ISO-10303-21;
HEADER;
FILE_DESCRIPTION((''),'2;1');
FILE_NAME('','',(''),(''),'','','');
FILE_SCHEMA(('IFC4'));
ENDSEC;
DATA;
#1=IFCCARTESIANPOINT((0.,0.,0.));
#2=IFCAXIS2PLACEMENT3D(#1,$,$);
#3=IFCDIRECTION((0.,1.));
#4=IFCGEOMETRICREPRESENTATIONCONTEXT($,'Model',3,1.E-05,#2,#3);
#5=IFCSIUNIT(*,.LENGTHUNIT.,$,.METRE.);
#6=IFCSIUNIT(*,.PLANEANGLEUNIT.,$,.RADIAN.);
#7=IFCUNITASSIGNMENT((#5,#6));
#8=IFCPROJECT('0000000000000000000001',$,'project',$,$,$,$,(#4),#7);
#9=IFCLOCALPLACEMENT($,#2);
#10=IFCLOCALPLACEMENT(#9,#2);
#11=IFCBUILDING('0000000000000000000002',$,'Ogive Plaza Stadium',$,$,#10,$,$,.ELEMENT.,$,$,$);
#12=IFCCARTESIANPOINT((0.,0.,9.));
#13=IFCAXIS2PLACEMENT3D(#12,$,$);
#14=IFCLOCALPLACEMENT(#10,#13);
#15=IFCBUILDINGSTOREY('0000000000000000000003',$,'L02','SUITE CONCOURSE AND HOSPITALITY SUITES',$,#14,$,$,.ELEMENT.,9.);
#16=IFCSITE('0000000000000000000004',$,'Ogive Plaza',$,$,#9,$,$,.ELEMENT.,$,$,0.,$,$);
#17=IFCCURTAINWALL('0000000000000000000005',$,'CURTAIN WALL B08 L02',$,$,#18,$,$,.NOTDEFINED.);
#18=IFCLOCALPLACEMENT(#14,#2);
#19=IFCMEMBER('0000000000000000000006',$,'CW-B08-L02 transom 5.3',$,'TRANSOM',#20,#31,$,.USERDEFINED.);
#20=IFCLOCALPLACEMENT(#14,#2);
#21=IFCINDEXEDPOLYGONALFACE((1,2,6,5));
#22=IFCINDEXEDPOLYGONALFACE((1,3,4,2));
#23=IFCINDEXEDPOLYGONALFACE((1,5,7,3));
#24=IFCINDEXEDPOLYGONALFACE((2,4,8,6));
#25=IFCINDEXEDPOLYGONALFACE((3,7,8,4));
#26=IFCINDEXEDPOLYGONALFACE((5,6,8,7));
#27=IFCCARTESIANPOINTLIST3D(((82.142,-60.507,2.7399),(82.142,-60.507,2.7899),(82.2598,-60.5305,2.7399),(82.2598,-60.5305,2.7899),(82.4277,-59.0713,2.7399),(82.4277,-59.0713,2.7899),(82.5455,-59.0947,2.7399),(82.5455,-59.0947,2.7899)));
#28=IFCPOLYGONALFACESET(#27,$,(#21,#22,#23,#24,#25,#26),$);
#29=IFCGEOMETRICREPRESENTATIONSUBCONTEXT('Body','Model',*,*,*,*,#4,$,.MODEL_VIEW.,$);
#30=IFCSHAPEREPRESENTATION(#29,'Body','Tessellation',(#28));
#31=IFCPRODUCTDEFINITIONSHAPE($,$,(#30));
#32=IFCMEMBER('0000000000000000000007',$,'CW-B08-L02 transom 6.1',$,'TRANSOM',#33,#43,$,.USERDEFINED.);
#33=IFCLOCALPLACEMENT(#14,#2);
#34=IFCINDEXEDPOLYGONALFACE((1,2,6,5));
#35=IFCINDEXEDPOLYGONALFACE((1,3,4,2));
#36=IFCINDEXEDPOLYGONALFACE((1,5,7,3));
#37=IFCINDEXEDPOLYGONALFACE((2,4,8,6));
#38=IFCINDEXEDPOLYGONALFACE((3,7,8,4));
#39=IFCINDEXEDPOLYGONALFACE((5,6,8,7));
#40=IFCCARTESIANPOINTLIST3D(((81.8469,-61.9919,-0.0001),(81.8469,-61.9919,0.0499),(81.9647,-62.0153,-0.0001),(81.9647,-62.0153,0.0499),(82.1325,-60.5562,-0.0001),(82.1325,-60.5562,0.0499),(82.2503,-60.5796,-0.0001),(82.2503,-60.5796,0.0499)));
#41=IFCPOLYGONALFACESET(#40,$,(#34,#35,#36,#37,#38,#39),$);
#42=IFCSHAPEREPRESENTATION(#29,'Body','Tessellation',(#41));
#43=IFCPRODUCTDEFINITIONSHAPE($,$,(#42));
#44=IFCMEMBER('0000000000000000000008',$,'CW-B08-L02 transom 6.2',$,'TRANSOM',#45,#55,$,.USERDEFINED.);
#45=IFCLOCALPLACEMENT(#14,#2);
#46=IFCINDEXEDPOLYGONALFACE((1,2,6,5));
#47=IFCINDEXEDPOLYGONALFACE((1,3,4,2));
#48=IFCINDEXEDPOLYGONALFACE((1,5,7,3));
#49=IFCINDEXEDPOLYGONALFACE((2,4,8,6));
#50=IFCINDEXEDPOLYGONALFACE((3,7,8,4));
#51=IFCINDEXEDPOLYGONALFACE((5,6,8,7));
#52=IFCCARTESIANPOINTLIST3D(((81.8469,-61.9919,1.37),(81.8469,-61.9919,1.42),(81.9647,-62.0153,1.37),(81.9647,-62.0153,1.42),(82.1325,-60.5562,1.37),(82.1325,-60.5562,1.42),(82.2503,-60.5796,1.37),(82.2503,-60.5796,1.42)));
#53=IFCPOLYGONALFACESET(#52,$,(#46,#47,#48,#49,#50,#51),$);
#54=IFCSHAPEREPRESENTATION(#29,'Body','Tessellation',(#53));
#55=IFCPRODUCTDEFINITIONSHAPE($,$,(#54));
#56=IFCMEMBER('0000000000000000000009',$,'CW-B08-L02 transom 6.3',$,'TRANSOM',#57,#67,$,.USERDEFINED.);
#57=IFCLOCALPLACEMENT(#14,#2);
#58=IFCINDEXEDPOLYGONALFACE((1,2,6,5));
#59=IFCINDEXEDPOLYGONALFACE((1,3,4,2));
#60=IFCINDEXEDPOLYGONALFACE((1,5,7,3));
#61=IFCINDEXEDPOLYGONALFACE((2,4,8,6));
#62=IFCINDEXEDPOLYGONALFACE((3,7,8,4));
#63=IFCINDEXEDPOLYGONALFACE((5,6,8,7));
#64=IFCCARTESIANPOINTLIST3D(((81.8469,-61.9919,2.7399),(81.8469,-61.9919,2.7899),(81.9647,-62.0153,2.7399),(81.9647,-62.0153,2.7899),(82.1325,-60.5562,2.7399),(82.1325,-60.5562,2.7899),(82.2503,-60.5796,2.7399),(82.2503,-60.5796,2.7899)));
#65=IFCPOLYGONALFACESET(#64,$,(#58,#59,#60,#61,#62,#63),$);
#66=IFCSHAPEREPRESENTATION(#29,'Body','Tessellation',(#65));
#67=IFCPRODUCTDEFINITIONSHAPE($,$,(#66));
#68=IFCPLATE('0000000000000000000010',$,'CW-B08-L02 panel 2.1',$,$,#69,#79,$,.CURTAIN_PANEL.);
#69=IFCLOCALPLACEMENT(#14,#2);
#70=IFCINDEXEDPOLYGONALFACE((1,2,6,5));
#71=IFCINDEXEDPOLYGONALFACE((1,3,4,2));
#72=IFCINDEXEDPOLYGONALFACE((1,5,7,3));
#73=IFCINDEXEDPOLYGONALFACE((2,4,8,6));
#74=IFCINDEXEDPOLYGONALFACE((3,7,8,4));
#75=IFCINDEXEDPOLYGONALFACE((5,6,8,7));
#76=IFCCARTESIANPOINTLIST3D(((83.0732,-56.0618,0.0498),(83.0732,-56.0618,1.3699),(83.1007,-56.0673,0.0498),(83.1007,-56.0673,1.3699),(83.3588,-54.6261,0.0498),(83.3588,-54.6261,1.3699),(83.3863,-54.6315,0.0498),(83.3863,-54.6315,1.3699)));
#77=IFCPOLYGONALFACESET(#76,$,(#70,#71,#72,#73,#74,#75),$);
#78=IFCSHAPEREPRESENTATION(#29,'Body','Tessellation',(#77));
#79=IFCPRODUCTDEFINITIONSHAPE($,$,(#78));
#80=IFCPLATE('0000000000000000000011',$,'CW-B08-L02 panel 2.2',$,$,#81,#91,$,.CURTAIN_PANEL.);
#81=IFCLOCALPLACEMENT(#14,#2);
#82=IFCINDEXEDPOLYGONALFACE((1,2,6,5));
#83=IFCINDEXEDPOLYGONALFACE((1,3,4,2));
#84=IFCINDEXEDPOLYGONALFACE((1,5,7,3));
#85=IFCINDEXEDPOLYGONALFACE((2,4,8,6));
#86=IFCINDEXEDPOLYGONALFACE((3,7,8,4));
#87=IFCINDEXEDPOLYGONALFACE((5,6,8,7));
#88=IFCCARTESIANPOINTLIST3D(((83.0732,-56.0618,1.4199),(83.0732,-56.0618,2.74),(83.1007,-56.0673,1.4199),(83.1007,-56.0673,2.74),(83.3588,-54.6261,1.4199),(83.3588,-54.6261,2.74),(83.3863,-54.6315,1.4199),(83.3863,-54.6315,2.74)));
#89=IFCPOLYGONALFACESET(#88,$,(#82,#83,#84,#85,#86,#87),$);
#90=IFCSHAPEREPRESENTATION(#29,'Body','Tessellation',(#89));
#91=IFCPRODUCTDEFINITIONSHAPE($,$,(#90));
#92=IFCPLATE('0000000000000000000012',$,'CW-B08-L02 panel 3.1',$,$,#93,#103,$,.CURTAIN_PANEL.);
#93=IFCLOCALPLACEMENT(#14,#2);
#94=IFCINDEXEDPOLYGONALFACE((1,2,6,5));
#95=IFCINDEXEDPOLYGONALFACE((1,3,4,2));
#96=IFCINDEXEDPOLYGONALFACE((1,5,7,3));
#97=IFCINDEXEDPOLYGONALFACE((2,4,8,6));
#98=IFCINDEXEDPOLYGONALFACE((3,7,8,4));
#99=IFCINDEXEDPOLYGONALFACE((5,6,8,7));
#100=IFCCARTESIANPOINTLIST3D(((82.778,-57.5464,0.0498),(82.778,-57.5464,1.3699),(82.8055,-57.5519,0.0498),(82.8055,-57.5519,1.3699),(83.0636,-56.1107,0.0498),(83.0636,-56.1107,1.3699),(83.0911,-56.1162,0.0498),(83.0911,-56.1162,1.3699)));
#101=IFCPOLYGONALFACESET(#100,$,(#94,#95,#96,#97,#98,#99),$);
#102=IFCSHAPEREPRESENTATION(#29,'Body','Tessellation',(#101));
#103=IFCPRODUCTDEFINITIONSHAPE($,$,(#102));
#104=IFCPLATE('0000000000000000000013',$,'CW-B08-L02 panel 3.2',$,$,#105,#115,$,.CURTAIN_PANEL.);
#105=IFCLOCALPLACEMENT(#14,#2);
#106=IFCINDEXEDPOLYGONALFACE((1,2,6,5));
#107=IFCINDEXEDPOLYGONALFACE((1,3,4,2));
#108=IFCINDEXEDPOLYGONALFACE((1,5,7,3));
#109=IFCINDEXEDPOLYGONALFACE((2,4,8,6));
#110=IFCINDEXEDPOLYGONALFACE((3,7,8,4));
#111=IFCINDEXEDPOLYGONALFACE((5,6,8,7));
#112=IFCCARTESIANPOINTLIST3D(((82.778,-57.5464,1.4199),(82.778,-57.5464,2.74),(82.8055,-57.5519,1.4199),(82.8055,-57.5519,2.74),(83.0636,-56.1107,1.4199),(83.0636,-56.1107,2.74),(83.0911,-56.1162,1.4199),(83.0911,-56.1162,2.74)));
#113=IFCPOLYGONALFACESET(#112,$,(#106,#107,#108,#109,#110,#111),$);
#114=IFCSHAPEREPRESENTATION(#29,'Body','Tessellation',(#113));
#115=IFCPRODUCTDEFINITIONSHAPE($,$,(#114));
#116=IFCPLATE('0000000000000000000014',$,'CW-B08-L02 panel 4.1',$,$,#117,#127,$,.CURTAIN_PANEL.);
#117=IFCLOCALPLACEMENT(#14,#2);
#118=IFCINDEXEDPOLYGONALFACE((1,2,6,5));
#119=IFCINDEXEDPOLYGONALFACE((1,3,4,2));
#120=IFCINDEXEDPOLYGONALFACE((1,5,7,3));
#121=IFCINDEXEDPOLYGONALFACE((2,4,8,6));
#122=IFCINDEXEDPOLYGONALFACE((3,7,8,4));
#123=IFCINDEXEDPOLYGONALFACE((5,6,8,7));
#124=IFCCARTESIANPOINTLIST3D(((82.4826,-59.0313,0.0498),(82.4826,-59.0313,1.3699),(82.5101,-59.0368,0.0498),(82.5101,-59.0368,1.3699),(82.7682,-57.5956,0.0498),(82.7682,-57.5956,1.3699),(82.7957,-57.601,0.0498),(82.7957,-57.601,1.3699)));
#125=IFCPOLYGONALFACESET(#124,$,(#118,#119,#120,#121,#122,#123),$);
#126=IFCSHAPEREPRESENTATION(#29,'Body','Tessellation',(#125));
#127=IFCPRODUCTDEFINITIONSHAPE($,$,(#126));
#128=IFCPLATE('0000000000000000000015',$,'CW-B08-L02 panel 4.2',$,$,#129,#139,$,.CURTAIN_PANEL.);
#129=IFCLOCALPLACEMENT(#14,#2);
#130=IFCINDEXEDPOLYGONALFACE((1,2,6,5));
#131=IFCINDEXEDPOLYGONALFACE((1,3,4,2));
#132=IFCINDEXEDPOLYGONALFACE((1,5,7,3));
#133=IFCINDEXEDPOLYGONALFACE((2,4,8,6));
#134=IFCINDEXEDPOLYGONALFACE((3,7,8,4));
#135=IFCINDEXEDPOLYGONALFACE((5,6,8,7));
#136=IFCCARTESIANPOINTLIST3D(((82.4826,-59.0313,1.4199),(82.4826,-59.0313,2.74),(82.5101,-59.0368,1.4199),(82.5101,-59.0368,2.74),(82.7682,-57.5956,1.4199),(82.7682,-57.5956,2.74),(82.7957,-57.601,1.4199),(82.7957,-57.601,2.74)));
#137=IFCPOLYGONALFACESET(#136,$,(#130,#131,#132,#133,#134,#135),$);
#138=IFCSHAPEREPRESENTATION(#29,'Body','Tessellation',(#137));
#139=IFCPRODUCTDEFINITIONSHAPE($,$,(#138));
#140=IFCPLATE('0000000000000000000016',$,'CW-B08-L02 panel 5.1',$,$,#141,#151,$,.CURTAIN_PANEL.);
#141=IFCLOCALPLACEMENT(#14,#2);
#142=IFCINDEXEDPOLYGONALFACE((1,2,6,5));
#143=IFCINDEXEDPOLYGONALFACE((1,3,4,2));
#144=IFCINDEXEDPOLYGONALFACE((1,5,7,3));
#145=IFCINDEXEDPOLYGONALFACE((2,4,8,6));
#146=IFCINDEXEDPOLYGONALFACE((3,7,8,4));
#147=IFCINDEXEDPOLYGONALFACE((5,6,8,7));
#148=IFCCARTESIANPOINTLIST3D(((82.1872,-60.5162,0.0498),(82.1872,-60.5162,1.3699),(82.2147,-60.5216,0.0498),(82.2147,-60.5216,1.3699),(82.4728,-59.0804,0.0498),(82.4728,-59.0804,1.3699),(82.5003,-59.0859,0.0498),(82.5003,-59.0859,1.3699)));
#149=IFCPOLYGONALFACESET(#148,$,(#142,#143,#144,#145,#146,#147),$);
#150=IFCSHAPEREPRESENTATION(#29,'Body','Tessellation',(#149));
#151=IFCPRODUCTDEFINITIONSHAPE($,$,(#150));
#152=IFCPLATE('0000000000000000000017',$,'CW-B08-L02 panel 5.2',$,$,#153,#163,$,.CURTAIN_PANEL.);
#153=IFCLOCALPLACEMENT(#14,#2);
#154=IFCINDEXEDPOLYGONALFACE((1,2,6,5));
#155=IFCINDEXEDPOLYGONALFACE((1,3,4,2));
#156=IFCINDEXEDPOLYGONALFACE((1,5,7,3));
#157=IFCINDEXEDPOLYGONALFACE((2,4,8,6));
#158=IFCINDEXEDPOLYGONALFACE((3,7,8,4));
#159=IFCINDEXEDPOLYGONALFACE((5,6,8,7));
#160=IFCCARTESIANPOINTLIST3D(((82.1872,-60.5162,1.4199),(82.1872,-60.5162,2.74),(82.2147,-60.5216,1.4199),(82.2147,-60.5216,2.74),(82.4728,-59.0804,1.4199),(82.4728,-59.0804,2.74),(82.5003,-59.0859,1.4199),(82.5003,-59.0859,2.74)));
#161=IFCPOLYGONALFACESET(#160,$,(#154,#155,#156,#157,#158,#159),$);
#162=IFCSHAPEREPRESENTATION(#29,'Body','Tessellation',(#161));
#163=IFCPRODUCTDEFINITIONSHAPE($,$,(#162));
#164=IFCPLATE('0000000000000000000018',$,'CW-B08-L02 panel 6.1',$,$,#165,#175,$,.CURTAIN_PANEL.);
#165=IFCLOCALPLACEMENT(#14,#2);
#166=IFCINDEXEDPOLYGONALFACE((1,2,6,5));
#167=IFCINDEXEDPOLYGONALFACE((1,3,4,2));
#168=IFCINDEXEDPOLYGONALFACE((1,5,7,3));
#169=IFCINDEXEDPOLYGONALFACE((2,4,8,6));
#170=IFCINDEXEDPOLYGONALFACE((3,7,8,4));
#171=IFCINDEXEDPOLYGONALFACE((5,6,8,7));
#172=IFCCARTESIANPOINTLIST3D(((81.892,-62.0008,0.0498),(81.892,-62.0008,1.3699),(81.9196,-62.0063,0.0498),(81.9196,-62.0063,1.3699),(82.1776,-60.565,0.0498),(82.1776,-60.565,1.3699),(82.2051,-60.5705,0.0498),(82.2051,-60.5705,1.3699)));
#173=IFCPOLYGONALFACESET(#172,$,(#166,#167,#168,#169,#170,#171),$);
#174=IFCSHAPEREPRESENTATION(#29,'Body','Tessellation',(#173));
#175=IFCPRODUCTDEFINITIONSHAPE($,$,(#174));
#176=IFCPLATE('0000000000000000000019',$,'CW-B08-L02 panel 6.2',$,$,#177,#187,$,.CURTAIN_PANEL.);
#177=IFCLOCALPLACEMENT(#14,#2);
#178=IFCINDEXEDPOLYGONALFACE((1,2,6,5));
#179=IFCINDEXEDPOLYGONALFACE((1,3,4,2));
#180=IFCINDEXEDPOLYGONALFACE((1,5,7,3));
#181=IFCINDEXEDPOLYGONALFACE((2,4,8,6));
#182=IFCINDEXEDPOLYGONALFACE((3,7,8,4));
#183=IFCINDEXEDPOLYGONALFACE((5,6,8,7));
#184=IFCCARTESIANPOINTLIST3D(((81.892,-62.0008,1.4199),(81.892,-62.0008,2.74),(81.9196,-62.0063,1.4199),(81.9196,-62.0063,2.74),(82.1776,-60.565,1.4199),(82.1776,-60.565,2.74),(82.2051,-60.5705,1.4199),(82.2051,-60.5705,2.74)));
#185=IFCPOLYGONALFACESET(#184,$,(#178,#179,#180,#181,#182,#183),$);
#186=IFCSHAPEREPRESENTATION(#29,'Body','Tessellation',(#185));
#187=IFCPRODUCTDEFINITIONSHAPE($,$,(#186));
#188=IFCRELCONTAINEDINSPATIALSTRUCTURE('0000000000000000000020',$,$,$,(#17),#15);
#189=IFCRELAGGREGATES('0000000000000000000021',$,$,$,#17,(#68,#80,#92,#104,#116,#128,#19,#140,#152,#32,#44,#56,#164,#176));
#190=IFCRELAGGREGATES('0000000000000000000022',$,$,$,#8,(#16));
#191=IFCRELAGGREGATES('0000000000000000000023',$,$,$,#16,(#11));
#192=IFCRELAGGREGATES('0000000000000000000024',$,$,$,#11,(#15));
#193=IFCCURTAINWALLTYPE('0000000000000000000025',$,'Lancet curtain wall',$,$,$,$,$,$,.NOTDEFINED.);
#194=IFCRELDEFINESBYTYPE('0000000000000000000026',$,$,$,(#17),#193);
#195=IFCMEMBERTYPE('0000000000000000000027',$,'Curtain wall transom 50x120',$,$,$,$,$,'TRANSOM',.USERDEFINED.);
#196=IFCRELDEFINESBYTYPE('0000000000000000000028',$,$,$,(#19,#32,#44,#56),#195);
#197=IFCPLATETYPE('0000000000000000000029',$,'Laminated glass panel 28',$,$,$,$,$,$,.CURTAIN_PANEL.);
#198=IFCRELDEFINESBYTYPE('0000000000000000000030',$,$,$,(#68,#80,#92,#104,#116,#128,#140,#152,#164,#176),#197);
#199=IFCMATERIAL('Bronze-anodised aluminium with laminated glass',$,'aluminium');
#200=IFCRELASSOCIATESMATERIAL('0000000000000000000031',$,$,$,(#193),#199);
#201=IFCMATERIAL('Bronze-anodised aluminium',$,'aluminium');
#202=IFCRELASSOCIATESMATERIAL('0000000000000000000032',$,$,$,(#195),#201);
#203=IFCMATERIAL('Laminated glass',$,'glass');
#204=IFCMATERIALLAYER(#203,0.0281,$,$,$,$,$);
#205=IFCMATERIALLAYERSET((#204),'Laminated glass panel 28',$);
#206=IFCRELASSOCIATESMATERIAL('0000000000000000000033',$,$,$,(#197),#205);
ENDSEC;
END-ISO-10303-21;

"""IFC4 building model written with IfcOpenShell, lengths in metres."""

from ifc_helpers import new_model, si_unit, direction, frame, origin, origin_2d, place, context, subcontext, project, spatial, rectangle, extrude, material, layer, layer_set, material_profile, profile_set, type_object, element, aggregate, save


model = new_model("IFC4")

# Units and contexts
model_context = context("Model", 3, precision=1e-05, world=origin(), true_north=direction((0.0, 1.0)))
body_context = subcontext(model_context, "Body", "Model", "MODEL_VIEW")
ifc_project = project(units=[si_unit("LENGTHUNIT", "METRE"), si_unit("PLANEANGLEUNIT", "RADIAN")], contexts=[model_context])

# Site, building, storey
site_placement = place(None, origin())
site = spatial("IfcSite", under=ifc_project, at=site_placement, Name="Ogive Plaza", CompositionType="ELEMENT", RefElevation=0.0)
building_placement = place(site_placement, origin())
building = spatial("IfcBuilding", under=site, at=building_placement, Name="Ogive Plaza Stadium", CompositionType="ELEMENT")
storey_placement = place(building_placement, frame((0.0, 0.0, 9.0)))
storey = spatial("IfcBuildingStorey", under=building, at=storey_placement, Name="L02", Description="SUITE CONCOURSE AND HOSPITALITY SUITES", CompositionType="ELEMENT", Elevation=9.0)

# Curtain wall, members, plates
ifc_material_1 = material(Name="Bronze-anodised aluminium with laminated glass", Category="aluminium")
curtain_wall_type = type_object("IfcCurtainWallType", Name="Lancet curtain wall", PredefinedType="NOTDEFINED", material=ifc_material_1)
curtain_wall_placement = place(storey_placement, origin())
curtain_wall = element("IfcCurtainWall", 1, at=curtain_wall_placement, inside=storey, type_object=curtain_wall_type, Name="CURTAIN WALL B08 L02", PredefinedType="NOTDEFINED")
ifc_material_2 = material(Name="Bronze-anodised aluminium", Category="aluminium")
ifc_material_profile_1 = material_profile(ifc_material_2, rectangle(XDim=0.1201, YDim=0.05, at=origin_2d()), Name="AL 120x50")
ifc_profile_set_1 = profile_set([ifc_material_profile_1], Name="Bronze-anodised aluminium")
member_type_1 = type_object("IfcMemberType", Name="Curtain wall transom 50x120", ElementType="TRANSOM", PredefinedType="USERDEFINED", material=ifc_profile_set_1)
member_1_placement = place(storey_placement, frame((82.4866, -59.083, 2.7649), z_axis=(-0.195122, -0.980779, 0.0), x_axis=(0.980779, -0.195122, 0.0)))
member_1 = element("IfcMember", 2, at=member_1_placement, type_object=member_type_1, Name="CW-B08-L02 transom 5.3", ObjectType="TRANSOM", PredefinedType="USERDEFINED", context=body_context, shape_type="SweptSolid", body=[
    extrude(rectangle(XDim=0.1201, YDim=0.05, at=origin_2d()), origin(), (0.0, 0.0, 1.0), 1.4639),
])
member_2_placement = place(storey_placement, frame((82.1914, -60.5679, 0.0249), z_axis=(-0.195122, -0.980779, 0.0), x_axis=(0.980779, -0.195122, 0.0)))
member_2 = element("IfcMember", 3, at=member_2_placement, type_object=member_type_1, Name="CW-B08-L02 transom 6.1", ObjectType="TRANSOM", PredefinedType="USERDEFINED", context=body_context, shape_type="SweptSolid", body=[
    extrude(rectangle(XDim=0.1201, YDim=0.05, at=origin_2d()), origin(), (0.0, 0.0, 1.0), 1.4639),
])
member_3_placement = place(storey_placement, frame((82.1914, -60.5679, 1.395), z_axis=(-0.195122, -0.980779, 0.0), x_axis=(0.980779, -0.195122, 0.0)))
member_3 = element("IfcMember", 4, at=member_3_placement, type_object=member_type_1, Name="CW-B08-L02 transom 6.2", ObjectType="TRANSOM", PredefinedType="USERDEFINED", context=body_context, shape_type="SweptSolid", body=[
    extrude(rectangle(XDim=0.1201, YDim=0.05, at=origin_2d()), origin(), (0.0, 0.0, 1.0), 1.4639),
])
member_4_placement = place(storey_placement, frame((82.1914, -60.5679, 2.7649), z_axis=(-0.195122, -0.980779, 0.0), x_axis=(0.980779, -0.195122, 0.0)))
member_4 = element("IfcMember", 5, at=member_4_placement, type_object=member_type_1, Name="CW-B08-L02 transom 6.3", ObjectType="TRANSOM", PredefinedType="USERDEFINED", context=body_context, shape_type="SweptSolid", body=[
    extrude(rectangle(XDim=0.1201, YDim=0.05, at=origin_2d()), origin(), (0.0, 0.0, 1.0), 1.4639),
])
ifc_material_3 = material(Name="Laminated glass", Category="glass")
ifc_layer_1 = layer(ifc_material_3, 0.0281)
ifc_layer_set_1 = layer_set([ifc_layer_1], Name="Laminated glass panel 28")
plate_type = type_object("IfcPlateType", Name="Laminated glass panel 28", PredefinedType="CURTAIN_PANEL", material=ifc_layer_set_1)
plate_1_placement = place(storey_placement, frame((83.2297, -55.3467, 0.0498), z_axis=(0.0, 0.0, 1.0), x_axis=(-0.19509, -0.980785, 0.0)))
plate_1 = element("IfcPlate", 6, at=plate_1_placement, type_object=plate_type, Name="CW-B08-L02 panel 2.1", PredefinedType="CURTAIN_PANEL", context=body_context, shape_type="SweptSolid", body=[
    extrude(rectangle(XDim=1.4639, YDim=0.0281, at=origin_2d()), origin(), (0.0, 0.0, 1.0), 1.3201),
])
plate_2_placement = place(storey_placement, frame((83.2297, -55.3467, 1.4199), z_axis=(0.0, 0.0, 1.0), x_axis=(-0.19509, -0.980785, 0.0)))
plate_2 = element("IfcPlate", 7, at=plate_2_placement, type_object=plate_type, Name="CW-B08-L02 panel 2.2", PredefinedType="CURTAIN_PANEL", context=body_context, shape_type="SweptSolid", body=[
    extrude(rectangle(XDim=1.4639, YDim=0.0281, at=origin_2d()), origin(), (0.0, 0.0, 1.0), 1.3201),
])
plate_3_placement = place(storey_placement, frame((82.9346, -56.8313, 0.0498), z_axis=(0.0, 0.0, 1.0), x_axis=(-0.19509, -0.980785, 0.0)))
plate_3 = element("IfcPlate", 8, at=plate_3_placement, type_object=plate_type, Name="CW-B08-L02 panel 3.1", PredefinedType="CURTAIN_PANEL", context=body_context, shape_type="SweptSolid", body=[
    extrude(rectangle(XDim=1.4639, YDim=0.0281, at=origin_2d()), origin(), (0.0, 0.0, 1.0), 1.3201),
])
plate_4_placement = place(storey_placement, frame((82.9346, -56.8313, 1.4199), z_axis=(0.0, 0.0, 1.0), x_axis=(-0.19509, -0.980785, 0.0)))
plate_4 = element("IfcPlate", 9, at=plate_4_placement, type_object=plate_type, Name="CW-B08-L02 panel 3.2", PredefinedType="CURTAIN_PANEL", context=body_context, shape_type="SweptSolid", body=[
    extrude(rectangle(XDim=1.4639, YDim=0.0281, at=origin_2d()), origin(), (0.0, 0.0, 1.0), 1.3201),
])
plate_5_placement = place(storey_placement, frame((82.6392, -58.3162, 0.0498), z_axis=(0.0, 0.0, 1.0), x_axis=(-0.19509, -0.980785, 0.0)))
plate_5 = element("IfcPlate", 10, at=plate_5_placement, type_object=plate_type, Name="CW-B08-L02 panel 4.1", PredefinedType="CURTAIN_PANEL", context=body_context, shape_type="SweptSolid", body=[
    extrude(rectangle(XDim=1.4639, YDim=0.0281, at=origin_2d()), origin(), (0.0, 0.0, 1.0), 1.3201),
])
plate_6_placement = place(storey_placement, frame((82.6392, -58.3162, 1.4199), z_axis=(0.0, 0.0, 1.0), x_axis=(-0.19509, -0.980785, 0.0)))
plate_6 = element("IfcPlate", 11, at=plate_6_placement, type_object=plate_type, Name="CW-B08-L02 panel 4.2", PredefinedType="CURTAIN_PANEL", context=body_context, shape_type="SweptSolid", body=[
    extrude(rectangle(XDim=1.4639, YDim=0.0281, at=origin_2d()), origin(), (0.0, 0.0, 1.0), 1.3201),
])
plate_7_placement = place(storey_placement, frame((82.3438, -59.801, 0.0498), z_axis=(0.0, 0.0, 1.0), x_axis=(-0.19509, -0.980785, 0.0)))
plate_7 = element("IfcPlate", 12, at=plate_7_placement, type_object=plate_type, Name="CW-B08-L02 panel 5.1", PredefinedType="CURTAIN_PANEL", context=body_context, shape_type="SweptSolid", body=[
    extrude(rectangle(XDim=1.4639, YDim=0.0281, at=origin_2d()), origin(), (0.0, 0.0, 1.0), 1.3201),
])
plate_8_placement = place(storey_placement, frame((82.3438, -59.801, 1.4199), z_axis=(0.0, 0.0, 1.0), x_axis=(-0.19509, -0.980785, 0.0)))
plate_8 = element("IfcPlate", 13, at=plate_8_placement, type_object=plate_type, Name="CW-B08-L02 panel 5.2", PredefinedType="CURTAIN_PANEL", context=body_context, shape_type="SweptSolid", body=[
    extrude(rectangle(XDim=1.4639, YDim=0.0281, at=origin_2d()), origin(), (0.0, 0.0, 1.0), 1.3201),
])
plate_9_placement = place(storey_placement, frame((82.0486, -61.2856, 0.0498), z_axis=(0.0, 0.0, 1.0), x_axis=(-0.19509, -0.980785, 0.0)))
plate_9 = element("IfcPlate", 14, at=plate_9_placement, type_object=plate_type, Name="CW-B08-L02 panel 6.1", PredefinedType="CURTAIN_PANEL", context=body_context, shape_type="SweptSolid", body=[
    extrude(rectangle(XDim=1.4639, YDim=0.0281, at=origin_2d()), origin(), (0.0, 0.0, 1.0), 1.3201),
])
plate_10_placement = place(storey_placement, frame((82.0486, -61.2856, 1.4199), z_axis=(0.0, 0.0, 1.0), x_axis=(-0.19509, -0.980785, 0.0)))
plate_10 = element("IfcPlate", 15, at=plate_10_placement, type_object=plate_type, Name="CW-B08-L02 panel 6.2", PredefinedType="CURTAIN_PANEL", context=body_context, shape_type="SweptSolid", body=[
    extrude(rectangle(XDim=1.4639, YDim=0.0281, at=origin_2d()), origin(), (0.0, 0.0, 1.0), 1.3201),
])
aggregate(curtain_wall, [plate_1, plate_2, plate_3, plate_4, plate_5, plate_6, member_1, plate_7, plate_8, member_2, member_3, member_4, plate_9, plate_10])

save(model, "model.ifc")
